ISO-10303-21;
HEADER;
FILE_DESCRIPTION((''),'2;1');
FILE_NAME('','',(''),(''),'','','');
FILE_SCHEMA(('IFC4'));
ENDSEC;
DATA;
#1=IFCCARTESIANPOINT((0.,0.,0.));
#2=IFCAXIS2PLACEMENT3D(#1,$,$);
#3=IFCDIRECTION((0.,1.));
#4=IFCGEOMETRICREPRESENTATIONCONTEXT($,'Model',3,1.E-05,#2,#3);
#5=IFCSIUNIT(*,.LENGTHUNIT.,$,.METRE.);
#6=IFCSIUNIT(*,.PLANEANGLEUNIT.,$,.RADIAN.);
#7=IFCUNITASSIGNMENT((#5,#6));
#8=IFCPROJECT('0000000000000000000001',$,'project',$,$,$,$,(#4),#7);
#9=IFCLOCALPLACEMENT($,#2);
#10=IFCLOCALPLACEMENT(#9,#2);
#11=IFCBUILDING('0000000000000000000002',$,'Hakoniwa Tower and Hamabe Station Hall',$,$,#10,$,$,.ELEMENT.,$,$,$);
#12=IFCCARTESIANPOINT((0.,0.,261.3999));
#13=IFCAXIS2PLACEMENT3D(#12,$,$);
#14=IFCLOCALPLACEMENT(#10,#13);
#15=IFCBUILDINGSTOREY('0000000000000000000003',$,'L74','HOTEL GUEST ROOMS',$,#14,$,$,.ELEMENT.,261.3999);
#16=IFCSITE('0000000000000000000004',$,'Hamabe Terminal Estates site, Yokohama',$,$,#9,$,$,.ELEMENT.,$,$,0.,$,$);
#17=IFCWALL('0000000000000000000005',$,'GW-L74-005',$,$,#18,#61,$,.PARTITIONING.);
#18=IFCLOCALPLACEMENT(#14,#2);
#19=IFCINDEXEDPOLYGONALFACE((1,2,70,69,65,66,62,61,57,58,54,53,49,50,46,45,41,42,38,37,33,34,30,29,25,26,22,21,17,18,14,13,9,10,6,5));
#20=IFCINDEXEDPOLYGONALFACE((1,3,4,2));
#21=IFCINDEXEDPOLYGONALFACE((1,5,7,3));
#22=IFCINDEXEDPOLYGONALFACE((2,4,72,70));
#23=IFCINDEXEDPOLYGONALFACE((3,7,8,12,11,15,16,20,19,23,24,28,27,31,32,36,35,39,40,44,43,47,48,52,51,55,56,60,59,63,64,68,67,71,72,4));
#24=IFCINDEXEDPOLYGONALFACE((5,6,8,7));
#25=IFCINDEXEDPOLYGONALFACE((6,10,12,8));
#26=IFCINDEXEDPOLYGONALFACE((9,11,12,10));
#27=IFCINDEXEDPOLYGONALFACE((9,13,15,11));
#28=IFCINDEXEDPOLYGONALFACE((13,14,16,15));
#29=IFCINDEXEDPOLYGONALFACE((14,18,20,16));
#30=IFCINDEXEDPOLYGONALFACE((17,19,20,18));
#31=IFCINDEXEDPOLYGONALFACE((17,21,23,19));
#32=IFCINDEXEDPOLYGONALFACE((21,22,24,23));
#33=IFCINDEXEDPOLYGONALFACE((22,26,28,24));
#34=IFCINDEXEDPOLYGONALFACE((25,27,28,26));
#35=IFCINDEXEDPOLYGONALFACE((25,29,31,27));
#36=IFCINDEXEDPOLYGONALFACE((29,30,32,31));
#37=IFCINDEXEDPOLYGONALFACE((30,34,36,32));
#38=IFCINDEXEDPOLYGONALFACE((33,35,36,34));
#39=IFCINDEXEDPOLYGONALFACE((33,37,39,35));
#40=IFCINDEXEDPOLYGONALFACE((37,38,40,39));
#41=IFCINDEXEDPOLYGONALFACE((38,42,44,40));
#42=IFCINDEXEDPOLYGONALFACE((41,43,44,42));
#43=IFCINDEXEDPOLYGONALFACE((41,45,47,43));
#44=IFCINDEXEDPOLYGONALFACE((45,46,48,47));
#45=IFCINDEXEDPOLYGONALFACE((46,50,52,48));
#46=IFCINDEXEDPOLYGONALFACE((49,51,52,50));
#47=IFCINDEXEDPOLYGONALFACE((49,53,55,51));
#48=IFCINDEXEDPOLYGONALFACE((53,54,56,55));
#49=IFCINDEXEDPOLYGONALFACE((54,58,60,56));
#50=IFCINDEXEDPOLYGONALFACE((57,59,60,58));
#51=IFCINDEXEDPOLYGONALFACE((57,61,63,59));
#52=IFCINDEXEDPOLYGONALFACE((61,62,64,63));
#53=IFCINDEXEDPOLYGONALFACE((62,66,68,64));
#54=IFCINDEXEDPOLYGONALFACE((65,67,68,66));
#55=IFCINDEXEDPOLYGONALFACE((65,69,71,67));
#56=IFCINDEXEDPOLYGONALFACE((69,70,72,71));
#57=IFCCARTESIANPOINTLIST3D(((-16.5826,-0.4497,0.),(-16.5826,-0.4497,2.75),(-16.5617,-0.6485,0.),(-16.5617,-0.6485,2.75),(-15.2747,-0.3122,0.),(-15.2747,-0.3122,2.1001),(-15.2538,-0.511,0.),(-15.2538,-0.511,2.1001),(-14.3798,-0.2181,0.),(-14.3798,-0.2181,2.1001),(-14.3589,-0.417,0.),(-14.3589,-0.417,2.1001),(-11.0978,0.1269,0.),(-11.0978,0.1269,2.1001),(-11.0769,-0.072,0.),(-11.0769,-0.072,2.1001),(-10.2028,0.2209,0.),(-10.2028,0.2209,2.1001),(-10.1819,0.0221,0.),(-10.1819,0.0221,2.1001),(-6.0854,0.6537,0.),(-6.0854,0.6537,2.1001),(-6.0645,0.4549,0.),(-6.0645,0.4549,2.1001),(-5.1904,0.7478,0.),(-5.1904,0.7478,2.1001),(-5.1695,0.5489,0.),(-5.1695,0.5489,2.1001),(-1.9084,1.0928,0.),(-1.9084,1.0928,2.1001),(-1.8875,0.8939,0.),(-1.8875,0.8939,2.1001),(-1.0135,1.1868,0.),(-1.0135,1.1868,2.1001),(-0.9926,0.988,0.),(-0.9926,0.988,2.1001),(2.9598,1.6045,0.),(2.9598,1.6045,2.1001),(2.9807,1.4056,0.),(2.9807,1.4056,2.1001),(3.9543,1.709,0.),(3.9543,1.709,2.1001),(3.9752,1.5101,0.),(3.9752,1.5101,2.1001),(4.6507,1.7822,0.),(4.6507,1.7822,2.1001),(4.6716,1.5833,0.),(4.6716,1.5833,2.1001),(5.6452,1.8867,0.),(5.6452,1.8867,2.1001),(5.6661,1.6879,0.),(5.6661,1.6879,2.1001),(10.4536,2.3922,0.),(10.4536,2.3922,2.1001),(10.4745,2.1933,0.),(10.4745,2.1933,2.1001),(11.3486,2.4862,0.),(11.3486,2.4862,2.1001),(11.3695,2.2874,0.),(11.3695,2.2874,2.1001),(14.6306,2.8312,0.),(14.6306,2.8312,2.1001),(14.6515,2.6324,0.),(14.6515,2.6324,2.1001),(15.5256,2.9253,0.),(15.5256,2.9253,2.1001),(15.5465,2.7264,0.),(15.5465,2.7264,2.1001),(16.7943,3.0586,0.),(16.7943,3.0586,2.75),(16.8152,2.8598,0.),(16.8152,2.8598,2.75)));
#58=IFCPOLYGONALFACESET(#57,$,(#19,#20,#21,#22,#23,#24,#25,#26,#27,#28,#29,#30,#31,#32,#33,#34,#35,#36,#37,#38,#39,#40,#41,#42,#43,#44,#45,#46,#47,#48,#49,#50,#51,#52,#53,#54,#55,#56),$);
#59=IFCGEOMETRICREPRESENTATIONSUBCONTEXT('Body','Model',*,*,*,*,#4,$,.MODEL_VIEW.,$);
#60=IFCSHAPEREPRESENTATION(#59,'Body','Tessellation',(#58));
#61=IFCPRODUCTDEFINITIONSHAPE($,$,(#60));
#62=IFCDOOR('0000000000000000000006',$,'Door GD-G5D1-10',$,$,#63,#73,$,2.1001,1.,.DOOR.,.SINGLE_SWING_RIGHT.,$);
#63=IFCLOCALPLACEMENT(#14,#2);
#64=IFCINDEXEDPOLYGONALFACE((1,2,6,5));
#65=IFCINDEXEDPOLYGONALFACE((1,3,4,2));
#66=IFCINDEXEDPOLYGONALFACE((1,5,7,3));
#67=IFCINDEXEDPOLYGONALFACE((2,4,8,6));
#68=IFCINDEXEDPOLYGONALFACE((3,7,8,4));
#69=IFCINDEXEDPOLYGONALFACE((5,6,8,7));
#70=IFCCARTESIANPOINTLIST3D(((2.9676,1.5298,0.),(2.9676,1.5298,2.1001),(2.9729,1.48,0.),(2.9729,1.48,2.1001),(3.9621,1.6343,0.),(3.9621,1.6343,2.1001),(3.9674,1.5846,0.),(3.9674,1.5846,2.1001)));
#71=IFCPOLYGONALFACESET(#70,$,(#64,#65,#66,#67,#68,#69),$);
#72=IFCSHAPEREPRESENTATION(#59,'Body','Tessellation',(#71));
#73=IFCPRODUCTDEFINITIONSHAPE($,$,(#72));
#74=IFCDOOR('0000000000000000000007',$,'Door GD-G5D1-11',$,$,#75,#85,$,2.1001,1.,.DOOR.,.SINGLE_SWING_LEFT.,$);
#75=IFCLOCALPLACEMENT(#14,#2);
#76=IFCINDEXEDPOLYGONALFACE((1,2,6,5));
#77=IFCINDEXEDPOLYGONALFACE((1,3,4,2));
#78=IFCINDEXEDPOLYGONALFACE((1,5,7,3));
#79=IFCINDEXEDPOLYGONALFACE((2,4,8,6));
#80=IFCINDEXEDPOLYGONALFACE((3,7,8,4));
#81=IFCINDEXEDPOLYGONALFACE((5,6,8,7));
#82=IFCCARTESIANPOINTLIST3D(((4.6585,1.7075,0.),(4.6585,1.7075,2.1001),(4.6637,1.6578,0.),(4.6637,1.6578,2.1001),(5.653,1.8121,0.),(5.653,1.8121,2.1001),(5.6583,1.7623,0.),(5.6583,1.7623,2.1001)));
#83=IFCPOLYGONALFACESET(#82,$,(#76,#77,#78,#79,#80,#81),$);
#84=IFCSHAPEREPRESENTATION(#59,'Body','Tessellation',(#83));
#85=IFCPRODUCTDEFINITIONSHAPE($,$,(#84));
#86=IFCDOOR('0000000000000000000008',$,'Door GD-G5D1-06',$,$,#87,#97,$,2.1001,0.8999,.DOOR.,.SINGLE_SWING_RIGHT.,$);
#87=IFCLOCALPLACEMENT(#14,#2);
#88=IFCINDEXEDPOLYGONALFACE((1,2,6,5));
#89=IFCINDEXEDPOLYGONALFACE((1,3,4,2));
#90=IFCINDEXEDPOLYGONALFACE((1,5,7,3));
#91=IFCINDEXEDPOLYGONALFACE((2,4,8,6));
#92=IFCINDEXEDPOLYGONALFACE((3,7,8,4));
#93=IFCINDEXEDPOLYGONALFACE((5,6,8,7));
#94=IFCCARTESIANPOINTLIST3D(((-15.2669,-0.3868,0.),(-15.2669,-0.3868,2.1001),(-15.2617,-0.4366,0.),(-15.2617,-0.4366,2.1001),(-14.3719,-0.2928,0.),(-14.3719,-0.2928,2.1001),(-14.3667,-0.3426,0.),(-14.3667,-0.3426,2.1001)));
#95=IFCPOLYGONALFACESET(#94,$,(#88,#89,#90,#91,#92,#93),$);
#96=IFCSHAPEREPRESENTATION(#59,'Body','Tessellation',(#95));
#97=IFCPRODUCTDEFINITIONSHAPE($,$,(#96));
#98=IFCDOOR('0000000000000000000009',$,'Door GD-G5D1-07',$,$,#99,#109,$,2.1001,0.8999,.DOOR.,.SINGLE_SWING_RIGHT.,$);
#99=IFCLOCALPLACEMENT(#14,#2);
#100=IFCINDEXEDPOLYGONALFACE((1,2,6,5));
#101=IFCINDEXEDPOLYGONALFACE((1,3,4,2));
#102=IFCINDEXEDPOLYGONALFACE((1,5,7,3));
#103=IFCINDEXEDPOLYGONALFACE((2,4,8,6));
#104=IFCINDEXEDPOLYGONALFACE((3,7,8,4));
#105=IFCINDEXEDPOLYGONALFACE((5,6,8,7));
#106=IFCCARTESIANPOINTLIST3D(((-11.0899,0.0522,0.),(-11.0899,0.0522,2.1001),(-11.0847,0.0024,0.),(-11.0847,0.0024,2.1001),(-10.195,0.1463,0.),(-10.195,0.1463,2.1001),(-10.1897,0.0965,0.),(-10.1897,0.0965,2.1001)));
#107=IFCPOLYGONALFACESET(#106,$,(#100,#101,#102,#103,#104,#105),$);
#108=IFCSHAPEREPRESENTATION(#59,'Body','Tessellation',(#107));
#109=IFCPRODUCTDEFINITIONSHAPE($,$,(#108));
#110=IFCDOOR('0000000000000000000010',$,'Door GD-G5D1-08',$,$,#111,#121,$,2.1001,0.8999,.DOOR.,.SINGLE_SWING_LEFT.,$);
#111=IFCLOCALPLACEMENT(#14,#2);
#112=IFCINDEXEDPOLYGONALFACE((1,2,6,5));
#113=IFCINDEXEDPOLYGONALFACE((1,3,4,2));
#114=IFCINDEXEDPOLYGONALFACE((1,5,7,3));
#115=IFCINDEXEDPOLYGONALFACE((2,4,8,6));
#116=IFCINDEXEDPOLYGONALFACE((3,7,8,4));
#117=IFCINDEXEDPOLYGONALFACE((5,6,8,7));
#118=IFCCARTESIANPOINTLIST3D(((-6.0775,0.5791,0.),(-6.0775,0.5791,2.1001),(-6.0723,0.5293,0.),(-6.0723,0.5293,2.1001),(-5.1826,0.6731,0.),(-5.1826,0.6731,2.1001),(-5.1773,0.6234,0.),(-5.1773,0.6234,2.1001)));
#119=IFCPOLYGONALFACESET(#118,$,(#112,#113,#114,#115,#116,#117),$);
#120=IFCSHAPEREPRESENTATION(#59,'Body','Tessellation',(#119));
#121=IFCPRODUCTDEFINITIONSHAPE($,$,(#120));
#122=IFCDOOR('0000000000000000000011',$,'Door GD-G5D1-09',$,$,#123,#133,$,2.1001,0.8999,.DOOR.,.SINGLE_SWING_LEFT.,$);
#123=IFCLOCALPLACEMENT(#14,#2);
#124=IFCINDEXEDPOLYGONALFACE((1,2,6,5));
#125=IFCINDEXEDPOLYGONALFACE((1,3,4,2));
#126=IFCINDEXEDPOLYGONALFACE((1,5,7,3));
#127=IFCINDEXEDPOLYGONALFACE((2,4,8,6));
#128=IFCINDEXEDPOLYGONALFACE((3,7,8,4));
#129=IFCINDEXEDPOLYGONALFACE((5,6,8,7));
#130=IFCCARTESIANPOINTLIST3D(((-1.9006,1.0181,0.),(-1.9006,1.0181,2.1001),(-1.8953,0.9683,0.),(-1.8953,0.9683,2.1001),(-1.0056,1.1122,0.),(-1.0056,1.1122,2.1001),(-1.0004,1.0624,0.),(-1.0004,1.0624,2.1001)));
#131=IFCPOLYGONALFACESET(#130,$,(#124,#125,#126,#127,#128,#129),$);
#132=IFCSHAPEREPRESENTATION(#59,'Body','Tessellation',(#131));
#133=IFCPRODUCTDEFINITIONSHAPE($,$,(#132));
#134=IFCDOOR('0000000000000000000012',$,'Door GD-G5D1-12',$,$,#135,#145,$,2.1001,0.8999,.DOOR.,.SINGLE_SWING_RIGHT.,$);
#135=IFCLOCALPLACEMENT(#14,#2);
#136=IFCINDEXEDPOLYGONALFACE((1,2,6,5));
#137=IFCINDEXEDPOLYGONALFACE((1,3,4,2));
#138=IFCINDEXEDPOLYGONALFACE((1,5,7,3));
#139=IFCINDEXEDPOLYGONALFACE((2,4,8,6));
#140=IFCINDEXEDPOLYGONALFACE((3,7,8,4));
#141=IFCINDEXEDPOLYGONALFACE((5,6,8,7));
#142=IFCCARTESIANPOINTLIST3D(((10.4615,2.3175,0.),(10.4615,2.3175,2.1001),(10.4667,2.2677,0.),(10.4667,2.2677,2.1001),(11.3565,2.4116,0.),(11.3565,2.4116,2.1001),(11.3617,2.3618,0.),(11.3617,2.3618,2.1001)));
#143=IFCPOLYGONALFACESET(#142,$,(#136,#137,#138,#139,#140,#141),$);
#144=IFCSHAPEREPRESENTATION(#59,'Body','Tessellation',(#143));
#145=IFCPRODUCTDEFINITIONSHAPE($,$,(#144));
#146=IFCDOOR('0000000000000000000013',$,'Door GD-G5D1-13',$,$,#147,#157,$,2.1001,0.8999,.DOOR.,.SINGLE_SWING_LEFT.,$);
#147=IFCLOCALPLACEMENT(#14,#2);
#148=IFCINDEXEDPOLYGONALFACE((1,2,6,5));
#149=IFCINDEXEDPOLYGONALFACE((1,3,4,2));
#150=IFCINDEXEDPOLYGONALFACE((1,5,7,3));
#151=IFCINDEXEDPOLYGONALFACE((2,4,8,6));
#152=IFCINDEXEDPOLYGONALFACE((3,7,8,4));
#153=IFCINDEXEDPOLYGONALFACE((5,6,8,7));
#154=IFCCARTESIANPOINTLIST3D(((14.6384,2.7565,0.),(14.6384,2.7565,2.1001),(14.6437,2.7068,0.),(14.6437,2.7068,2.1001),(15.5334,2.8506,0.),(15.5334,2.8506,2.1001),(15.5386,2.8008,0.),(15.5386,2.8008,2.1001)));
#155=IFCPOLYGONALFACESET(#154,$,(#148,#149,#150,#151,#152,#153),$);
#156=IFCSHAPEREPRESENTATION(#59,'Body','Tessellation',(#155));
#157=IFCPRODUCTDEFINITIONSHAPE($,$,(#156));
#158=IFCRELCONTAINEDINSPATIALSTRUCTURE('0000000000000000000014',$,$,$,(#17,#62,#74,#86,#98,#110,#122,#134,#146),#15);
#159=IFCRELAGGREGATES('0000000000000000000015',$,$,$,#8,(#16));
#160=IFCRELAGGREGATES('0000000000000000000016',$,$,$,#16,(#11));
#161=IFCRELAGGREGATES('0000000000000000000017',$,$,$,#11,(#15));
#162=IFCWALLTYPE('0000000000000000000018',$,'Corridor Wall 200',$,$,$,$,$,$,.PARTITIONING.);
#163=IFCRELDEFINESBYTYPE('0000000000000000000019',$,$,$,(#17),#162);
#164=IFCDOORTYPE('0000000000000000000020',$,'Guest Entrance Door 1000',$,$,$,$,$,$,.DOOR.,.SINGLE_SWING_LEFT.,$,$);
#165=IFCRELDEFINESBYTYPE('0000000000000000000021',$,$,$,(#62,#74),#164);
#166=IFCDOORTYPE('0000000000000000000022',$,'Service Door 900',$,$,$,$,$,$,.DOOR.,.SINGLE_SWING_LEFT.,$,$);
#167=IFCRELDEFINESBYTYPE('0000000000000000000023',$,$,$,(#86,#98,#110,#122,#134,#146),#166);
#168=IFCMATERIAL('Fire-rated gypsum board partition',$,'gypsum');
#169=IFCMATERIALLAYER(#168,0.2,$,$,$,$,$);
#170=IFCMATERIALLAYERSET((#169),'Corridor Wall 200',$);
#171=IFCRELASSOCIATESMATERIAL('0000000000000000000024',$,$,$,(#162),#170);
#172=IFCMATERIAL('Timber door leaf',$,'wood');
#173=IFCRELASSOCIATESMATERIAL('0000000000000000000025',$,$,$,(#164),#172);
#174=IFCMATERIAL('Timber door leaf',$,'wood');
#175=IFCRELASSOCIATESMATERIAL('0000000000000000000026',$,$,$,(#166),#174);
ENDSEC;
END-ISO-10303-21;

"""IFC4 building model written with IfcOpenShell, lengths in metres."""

from ifc_helpers import new_model, si_unit, direction, frame, frame_2d, origin, place, context, subcontext, project, spatial, rectangle, extrude, material, layer, layer_set, type_object, element, fill, save


model = new_model("IFC4")

# Units and contexts
model_context = context("Model", 3, precision=1e-05, world=origin(), true_north=direction((0.0, 1.0)))
body_context = subcontext(model_context, "Body", "Model", "MODEL_VIEW")
ifc_project = project(units=[si_unit("LENGTHUNIT", "METRE"), si_unit("PLANEANGLEUNIT", "RADIAN")], contexts=[model_context])

# Site, building, storey
site_placement = place(None, origin())
site = spatial("IfcSite", under=ifc_project, at=site_placement, Name="Hamabe Terminal Estates site, Yokohama", CompositionType="ELEMENT", RefElevation=0.0)
building_placement = place(site_placement, origin())
building = spatial("IfcBuilding", under=site, at=building_placement, Name="Hakoniwa Tower and Hamabe Station Hall", CompositionType="ELEMENT")
storey_placement = place(building_placement, frame((0.0, 0.0, 261.3999)))
storey = spatial("IfcBuildingStorey", under=building, at=storey_placement, Name="L74", Description="HOTEL GUEST ROOMS", CompositionType="ELEMENT", Elevation=261.3999)

# Wall, openings, doors
ifc_material_1 = material(Name="Fire-rated gypsum board partition", Category="gypsum")
ifc_layer_1 = layer(ifc_material_1, 0.2)
ifc_layer_set_1 = layer_set([ifc_layer_1], Name="Corridor Wall 200")
wall_type_1 = type_object("IfcWallType", Name="Corridor Wall 200", PredefinedType="PARTITIONING", material=ifc_layer_set_1)
wall_1_placement = place(storey_placement, frame((-16.572, -0.5491, 0.0), z_axis=(0.0, 0.0, 1.0), x_axis=(0.994521, 0.104536, 0.0)))
wall_1 = element("IfcWall", 1, at=wall_1_placement, inside=storey, type_object=wall_type_1, Name="GW-L74-005", PredefinedType="PARTITIONING", context=body_context, shape_type="SweptSolid", body=[
    extrude(rectangle(XDim=33.5608, YDim=0.2, at=frame_2d((16.7803, 0.0))), origin(), (0.0, 0.0, 1.0), 2.75),
])
opening_1_placement = place(wall_1_placement, frame((1.3149, 0.0, 0.0)))
opening_1 = element("IfcOpeningElement", 2, at=opening_1_placement, cuts=wall_1, PredefinedType="OPENING", context=body_context, shape_type="SweptSolid", body=[
    extrude(rectangle(XDim=0.8999, YDim=2.1001, at=frame_2d((0.45, 1.05))), frame((0.0, 0.1099, 0.0), z_axis=(0.0, -1.0, 0.0), x_axis=(1.0, 0.0, 0.0)), (0.0, 0.0, 1.0), 0.22),
])
opening_2_placement = place(wall_1_placement, frame((5.5149, 0.0, 0.0)))
opening_2 = element("IfcOpeningElement", 3, at=opening_2_placement, cuts=wall_1, PredefinedType="OPENING", context=body_context, shape_type="SweptSolid", body=[
    extrude(rectangle(XDim=0.8999, YDim=2.1001, at=frame_2d((0.45, 1.05))), frame((0.0, 0.1099, 0.0), z_axis=(0.0, -1.0, 0.0), x_axis=(1.0, 0.0, 0.0)), (0.0, 0.0, 1.0), 0.22),
])
opening_3_placement = place(wall_1_placement, frame((10.5549, 0.0, 0.0)))
opening_3 = element("IfcOpeningElement", 4, at=opening_3_placement, cuts=wall_1, PredefinedType="OPENING", context=body_context, shape_type="SweptSolid", body=[
    extrude(rectangle(XDim=0.8999, YDim=2.1001, at=frame_2d((0.45, 1.05))), frame((0.0, 0.1099, 0.0), z_axis=(0.0, -1.0, 0.0), x_axis=(1.0, 0.0, 0.0)), (0.0, 0.0, 1.0), 0.22),
])
opening_4_placement = place(wall_1_placement, frame((14.7549, 0.0, 0.0)))
opening_4 = element("IfcOpeningElement", 5, at=opening_4_placement, cuts=wall_1, PredefinedType="OPENING", context=body_context, shape_type="SweptSolid", body=[
    extrude(rectangle(XDim=0.8999, YDim=2.1001, at=frame_2d((0.45, 1.05))), frame((0.0, 0.1099, 0.0), z_axis=(0.0, -1.0, 0.0), x_axis=(1.0, 0.0, 0.0)), (0.0, 0.0, 1.0), 0.22),
])
opening_5_placement = place(wall_1_placement, frame((19.6499, 0.0, 0.0)))
opening_5 = element("IfcOpeningElement", 6, at=opening_5_placement, cuts=wall_1, PredefinedType="OPENING", context=body_context, shape_type="SweptSolid", body=[
    extrude(rectangle(XDim=1.0, YDim=2.1001, at=frame_2d((0.5, 1.05))), frame((0.0, 0.1099, 0.0), z_axis=(0.0, -1.0, 0.0), x_axis=(1.0, 0.0, 0.0)), (0.0, 0.0, 1.0), 0.22),
])
opening_6_placement = place(wall_1_placement, frame((21.3501, 0.0, 0.0)))
opening_6 = element("IfcOpeningElement", 7, at=opening_6_placement, cuts=wall_1, PredefinedType="OPENING", context=body_context, shape_type="SweptSolid", body=[
    extrude(rectangle(XDim=1.0, YDim=2.1001, at=frame_2d((0.5, 1.05))), frame((0.0, 0.1099, 0.0), z_axis=(0.0, -1.0, 0.0), x_axis=(1.0, 0.0, 0.0)), (0.0, 0.0, 1.0), 0.22),
])
opening_7_placement = place(wall_1_placement, frame((27.1851, 0.0, 0.0)))
opening_7 = element("IfcOpeningElement", 8, at=opening_7_placement, cuts=wall_1, PredefinedType="OPENING", context=body_context, shape_type="SweptSolid", body=[
    extrude(rectangle(XDim=0.8999, YDim=2.1001, at=frame_2d((0.45, 1.05))), frame((0.0, 0.1099, 0.0), z_axis=(0.0, -1.0, 0.0), x_axis=(1.0, 0.0, 0.0)), (0.0, 0.0, 1.0), 0.22),
])
opening_8_placement = place(wall_1_placement, frame((31.385, 0.0, 0.0)))
opening_8 = element("IfcOpeningElement", 9, at=opening_8_placement, cuts=wall_1, PredefinedType="OPENING", context=body_context, shape_type="SweptSolid", body=[
    extrude(rectangle(XDim=0.8999, YDim=2.1001, at=frame_2d((0.45, 1.05))), frame((0.0, 0.1099, 0.0), z_axis=(0.0, -1.0, 0.0), x_axis=(1.0, 0.0, 0.0)), (0.0, 0.0, 1.0), 0.22),
])
ifc_material_2 = material(Name="Timber door leaf", Category="wood")
door_type_1 = type_object("IfcDoorType", Name="Guest Entrance Door 1000", OperationType="SINGLE_SWING_LEFT", PredefinedType="DOOR", material=ifc_material_2)
door_1_placement = place(opening_5_placement, origin())
door_1 = element("IfcDoor", 10, at=door_1_placement, inside=storey, type_object=door_type_1, Name="Door GD-G5D1-10", OperationType="SINGLE_SWING_RIGHT", OverallHeight=2.1001, OverallWidth=1.0, PredefinedType="DOOR", context=body_context, shape_type="SweptSolid", body=[
    extrude(rectangle(XDim=1.0, YDim=2.1001, at=frame_2d((0.5, 1.05))), frame((0.0, 0.0249, 0.0), z_axis=(0.0, -1.0, 0.0), x_axis=(1.0, 0.0, 0.0)), (0.0, 0.0, 1.0), 0.05),
])
fill(opening_5, door_1)
door_2_placement = place(opening_6_placement, origin())
door_2 = element("IfcDoor", 11, at=door_2_placement, inside=storey, type_object=door_type_1, Name="Door GD-G5D1-11", OperationType="SINGLE_SWING_LEFT", OverallHeight=2.1001, OverallWidth=1.0, PredefinedType="DOOR", context=body_context, shape_type="SweptSolid", body=[
    extrude(rectangle(XDim=1.0, YDim=2.1001, at=frame_2d((0.5, 1.05))), frame((0.0, 0.0249, 0.0), z_axis=(0.0, -1.0, 0.0), x_axis=(1.0, 0.0, 0.0)), (0.0, 0.0, 1.0), 0.05),
])
fill(opening_6, door_2)
ifc_material_3 = material(Name="Timber door leaf", Category="wood")
door_type_2 = type_object("IfcDoorType", Name="Service Door 900", OperationType="SINGLE_SWING_LEFT", PredefinedType="DOOR", material=ifc_material_3)
door_3_placement = place(opening_1_placement, origin())
door_3 = element("IfcDoor", 12, at=door_3_placement, inside=storey, type_object=door_type_2, Name="Door GD-G5D1-06", OperationType="SINGLE_SWING_RIGHT", OverallHeight=2.1001, OverallWidth=0.8999, PredefinedType="DOOR", context=body_context, shape_type="SweptSolid", body=[
    extrude(rectangle(XDim=0.8999, YDim=2.1001, at=frame_2d((0.45, 1.05))), frame((0.0, 0.0249, 0.0), z_axis=(0.0, -1.0, 0.0), x_axis=(1.0, 0.0, 0.0)), (0.0, 0.0, 1.0), 0.05),
])
fill(opening_1, door_3)
door_4_placement = place(opening_2_placement, origin())
door_4 = element("IfcDoor", 13, at=door_4_placement, inside=storey, type_object=door_type_2, Name="Door GD-G5D1-07", OperationType="SINGLE_SWING_RIGHT", OverallHeight=2.1001, OverallWidth=0.8999, PredefinedType="DOOR", context=body_context, shape_type="SweptSolid", body=[
    extrude(rectangle(XDim=0.8999, YDim=2.1001, at=frame_2d((0.45, 1.05))), frame((0.0, 0.0249, 0.0), z_axis=(0.0, -1.0, 0.0), x_axis=(1.0, 0.0, 0.0)), (0.0, 0.0, 1.0), 0.05),
])
fill(opening_2, door_4)
door_5_placement = place(opening_3_placement, origin())
door_5 = element("IfcDoor", 14, at=door_5_placement, inside=storey, type_object=door_type_2, Name="Door GD-G5D1-08", OperationType="SINGLE_SWING_LEFT", OverallHeight=2.1001, OverallWidth=0.8999, PredefinedType="DOOR", context=body_context, shape_type="SweptSolid", body=[
    extrude(rectangle(XDim=0.8999, YDim=2.1001, at=frame_2d((0.45, 1.05))), frame((0.0, 0.0249, 0.0), z_axis=(0.0, -1.0, 0.0), x_axis=(1.0, 0.0, 0.0)), (0.0, 0.0, 1.0), 0.05),
])
fill(opening_3, door_5)
door_6_placement = place(opening_4_placement, origin())
door_6 = element("IfcDoor", 15, at=door_6_placement, inside=storey, type_object=door_type_2, Name="Door GD-G5D1-09", OperationType="SINGLE_SWING_LEFT", OverallHeight=2.1001, OverallWidth=0.8999, PredefinedType="DOOR", context=body_context, shape_type="SweptSolid", body=[
    extrude(rectangle(XDim=0.8999, YDim=2.1001, at=frame_2d((0.45, 1.05))), frame((0.0, 0.0249, 0.0), z_axis=(0.0, -1.0, 0.0), x_axis=(1.0, 0.0, 0.0)), (0.0, 0.0, 1.0), 0.05),
])
fill(opening_4, door_6)
door_7_placement = place(opening_7_placement, origin())
door_7 = element("IfcDoor", 16, at=door_7_placement, inside=storey, type_object=door_type_2, Name="Door GD-G5D1-12", OperationType="SINGLE_SWING_RIGHT", OverallHeight=2.1001, OverallWidth=0.8999, PredefinedType="DOOR", context=body_context, shape_type="SweptSolid", body=[
    extrude(rectangle(XDim=0.8999, YDim=2.1001, at=frame_2d((0.45, 1.05))), frame((0.0, 0.0249, 0.0), z_axis=(0.0, -1.0, 0.0), x_axis=(1.0, 0.0, 0.0)), (0.0, 0.0, 1.0), 0.05),
])
fill(opening_7, door_7)
door_8_placement = place(opening_8_placement, origin())
door_8 = element("IfcDoor", 17, at=door_8_placement, inside=storey, type_object=door_type_2, Name="Door GD-G5D1-13", OperationType="SINGLE_SWING_LEFT", OverallHeight=2.1001, OverallWidth=0.8999, PredefinedType="DOOR", context=body_context, shape_type="SweptSolid", body=[
    extrude(rectangle(XDim=0.8999, YDim=2.1001, at=frame_2d((0.45, 1.05))), frame((0.0, 0.0249, 0.0), z_axis=(0.0, -1.0, 0.0), x_axis=(1.0, 0.0, 0.0)), (0.0, 0.0, 1.0), 0.05),
])
fill(opening_8, door_8)

save(model, "model.ifc")
